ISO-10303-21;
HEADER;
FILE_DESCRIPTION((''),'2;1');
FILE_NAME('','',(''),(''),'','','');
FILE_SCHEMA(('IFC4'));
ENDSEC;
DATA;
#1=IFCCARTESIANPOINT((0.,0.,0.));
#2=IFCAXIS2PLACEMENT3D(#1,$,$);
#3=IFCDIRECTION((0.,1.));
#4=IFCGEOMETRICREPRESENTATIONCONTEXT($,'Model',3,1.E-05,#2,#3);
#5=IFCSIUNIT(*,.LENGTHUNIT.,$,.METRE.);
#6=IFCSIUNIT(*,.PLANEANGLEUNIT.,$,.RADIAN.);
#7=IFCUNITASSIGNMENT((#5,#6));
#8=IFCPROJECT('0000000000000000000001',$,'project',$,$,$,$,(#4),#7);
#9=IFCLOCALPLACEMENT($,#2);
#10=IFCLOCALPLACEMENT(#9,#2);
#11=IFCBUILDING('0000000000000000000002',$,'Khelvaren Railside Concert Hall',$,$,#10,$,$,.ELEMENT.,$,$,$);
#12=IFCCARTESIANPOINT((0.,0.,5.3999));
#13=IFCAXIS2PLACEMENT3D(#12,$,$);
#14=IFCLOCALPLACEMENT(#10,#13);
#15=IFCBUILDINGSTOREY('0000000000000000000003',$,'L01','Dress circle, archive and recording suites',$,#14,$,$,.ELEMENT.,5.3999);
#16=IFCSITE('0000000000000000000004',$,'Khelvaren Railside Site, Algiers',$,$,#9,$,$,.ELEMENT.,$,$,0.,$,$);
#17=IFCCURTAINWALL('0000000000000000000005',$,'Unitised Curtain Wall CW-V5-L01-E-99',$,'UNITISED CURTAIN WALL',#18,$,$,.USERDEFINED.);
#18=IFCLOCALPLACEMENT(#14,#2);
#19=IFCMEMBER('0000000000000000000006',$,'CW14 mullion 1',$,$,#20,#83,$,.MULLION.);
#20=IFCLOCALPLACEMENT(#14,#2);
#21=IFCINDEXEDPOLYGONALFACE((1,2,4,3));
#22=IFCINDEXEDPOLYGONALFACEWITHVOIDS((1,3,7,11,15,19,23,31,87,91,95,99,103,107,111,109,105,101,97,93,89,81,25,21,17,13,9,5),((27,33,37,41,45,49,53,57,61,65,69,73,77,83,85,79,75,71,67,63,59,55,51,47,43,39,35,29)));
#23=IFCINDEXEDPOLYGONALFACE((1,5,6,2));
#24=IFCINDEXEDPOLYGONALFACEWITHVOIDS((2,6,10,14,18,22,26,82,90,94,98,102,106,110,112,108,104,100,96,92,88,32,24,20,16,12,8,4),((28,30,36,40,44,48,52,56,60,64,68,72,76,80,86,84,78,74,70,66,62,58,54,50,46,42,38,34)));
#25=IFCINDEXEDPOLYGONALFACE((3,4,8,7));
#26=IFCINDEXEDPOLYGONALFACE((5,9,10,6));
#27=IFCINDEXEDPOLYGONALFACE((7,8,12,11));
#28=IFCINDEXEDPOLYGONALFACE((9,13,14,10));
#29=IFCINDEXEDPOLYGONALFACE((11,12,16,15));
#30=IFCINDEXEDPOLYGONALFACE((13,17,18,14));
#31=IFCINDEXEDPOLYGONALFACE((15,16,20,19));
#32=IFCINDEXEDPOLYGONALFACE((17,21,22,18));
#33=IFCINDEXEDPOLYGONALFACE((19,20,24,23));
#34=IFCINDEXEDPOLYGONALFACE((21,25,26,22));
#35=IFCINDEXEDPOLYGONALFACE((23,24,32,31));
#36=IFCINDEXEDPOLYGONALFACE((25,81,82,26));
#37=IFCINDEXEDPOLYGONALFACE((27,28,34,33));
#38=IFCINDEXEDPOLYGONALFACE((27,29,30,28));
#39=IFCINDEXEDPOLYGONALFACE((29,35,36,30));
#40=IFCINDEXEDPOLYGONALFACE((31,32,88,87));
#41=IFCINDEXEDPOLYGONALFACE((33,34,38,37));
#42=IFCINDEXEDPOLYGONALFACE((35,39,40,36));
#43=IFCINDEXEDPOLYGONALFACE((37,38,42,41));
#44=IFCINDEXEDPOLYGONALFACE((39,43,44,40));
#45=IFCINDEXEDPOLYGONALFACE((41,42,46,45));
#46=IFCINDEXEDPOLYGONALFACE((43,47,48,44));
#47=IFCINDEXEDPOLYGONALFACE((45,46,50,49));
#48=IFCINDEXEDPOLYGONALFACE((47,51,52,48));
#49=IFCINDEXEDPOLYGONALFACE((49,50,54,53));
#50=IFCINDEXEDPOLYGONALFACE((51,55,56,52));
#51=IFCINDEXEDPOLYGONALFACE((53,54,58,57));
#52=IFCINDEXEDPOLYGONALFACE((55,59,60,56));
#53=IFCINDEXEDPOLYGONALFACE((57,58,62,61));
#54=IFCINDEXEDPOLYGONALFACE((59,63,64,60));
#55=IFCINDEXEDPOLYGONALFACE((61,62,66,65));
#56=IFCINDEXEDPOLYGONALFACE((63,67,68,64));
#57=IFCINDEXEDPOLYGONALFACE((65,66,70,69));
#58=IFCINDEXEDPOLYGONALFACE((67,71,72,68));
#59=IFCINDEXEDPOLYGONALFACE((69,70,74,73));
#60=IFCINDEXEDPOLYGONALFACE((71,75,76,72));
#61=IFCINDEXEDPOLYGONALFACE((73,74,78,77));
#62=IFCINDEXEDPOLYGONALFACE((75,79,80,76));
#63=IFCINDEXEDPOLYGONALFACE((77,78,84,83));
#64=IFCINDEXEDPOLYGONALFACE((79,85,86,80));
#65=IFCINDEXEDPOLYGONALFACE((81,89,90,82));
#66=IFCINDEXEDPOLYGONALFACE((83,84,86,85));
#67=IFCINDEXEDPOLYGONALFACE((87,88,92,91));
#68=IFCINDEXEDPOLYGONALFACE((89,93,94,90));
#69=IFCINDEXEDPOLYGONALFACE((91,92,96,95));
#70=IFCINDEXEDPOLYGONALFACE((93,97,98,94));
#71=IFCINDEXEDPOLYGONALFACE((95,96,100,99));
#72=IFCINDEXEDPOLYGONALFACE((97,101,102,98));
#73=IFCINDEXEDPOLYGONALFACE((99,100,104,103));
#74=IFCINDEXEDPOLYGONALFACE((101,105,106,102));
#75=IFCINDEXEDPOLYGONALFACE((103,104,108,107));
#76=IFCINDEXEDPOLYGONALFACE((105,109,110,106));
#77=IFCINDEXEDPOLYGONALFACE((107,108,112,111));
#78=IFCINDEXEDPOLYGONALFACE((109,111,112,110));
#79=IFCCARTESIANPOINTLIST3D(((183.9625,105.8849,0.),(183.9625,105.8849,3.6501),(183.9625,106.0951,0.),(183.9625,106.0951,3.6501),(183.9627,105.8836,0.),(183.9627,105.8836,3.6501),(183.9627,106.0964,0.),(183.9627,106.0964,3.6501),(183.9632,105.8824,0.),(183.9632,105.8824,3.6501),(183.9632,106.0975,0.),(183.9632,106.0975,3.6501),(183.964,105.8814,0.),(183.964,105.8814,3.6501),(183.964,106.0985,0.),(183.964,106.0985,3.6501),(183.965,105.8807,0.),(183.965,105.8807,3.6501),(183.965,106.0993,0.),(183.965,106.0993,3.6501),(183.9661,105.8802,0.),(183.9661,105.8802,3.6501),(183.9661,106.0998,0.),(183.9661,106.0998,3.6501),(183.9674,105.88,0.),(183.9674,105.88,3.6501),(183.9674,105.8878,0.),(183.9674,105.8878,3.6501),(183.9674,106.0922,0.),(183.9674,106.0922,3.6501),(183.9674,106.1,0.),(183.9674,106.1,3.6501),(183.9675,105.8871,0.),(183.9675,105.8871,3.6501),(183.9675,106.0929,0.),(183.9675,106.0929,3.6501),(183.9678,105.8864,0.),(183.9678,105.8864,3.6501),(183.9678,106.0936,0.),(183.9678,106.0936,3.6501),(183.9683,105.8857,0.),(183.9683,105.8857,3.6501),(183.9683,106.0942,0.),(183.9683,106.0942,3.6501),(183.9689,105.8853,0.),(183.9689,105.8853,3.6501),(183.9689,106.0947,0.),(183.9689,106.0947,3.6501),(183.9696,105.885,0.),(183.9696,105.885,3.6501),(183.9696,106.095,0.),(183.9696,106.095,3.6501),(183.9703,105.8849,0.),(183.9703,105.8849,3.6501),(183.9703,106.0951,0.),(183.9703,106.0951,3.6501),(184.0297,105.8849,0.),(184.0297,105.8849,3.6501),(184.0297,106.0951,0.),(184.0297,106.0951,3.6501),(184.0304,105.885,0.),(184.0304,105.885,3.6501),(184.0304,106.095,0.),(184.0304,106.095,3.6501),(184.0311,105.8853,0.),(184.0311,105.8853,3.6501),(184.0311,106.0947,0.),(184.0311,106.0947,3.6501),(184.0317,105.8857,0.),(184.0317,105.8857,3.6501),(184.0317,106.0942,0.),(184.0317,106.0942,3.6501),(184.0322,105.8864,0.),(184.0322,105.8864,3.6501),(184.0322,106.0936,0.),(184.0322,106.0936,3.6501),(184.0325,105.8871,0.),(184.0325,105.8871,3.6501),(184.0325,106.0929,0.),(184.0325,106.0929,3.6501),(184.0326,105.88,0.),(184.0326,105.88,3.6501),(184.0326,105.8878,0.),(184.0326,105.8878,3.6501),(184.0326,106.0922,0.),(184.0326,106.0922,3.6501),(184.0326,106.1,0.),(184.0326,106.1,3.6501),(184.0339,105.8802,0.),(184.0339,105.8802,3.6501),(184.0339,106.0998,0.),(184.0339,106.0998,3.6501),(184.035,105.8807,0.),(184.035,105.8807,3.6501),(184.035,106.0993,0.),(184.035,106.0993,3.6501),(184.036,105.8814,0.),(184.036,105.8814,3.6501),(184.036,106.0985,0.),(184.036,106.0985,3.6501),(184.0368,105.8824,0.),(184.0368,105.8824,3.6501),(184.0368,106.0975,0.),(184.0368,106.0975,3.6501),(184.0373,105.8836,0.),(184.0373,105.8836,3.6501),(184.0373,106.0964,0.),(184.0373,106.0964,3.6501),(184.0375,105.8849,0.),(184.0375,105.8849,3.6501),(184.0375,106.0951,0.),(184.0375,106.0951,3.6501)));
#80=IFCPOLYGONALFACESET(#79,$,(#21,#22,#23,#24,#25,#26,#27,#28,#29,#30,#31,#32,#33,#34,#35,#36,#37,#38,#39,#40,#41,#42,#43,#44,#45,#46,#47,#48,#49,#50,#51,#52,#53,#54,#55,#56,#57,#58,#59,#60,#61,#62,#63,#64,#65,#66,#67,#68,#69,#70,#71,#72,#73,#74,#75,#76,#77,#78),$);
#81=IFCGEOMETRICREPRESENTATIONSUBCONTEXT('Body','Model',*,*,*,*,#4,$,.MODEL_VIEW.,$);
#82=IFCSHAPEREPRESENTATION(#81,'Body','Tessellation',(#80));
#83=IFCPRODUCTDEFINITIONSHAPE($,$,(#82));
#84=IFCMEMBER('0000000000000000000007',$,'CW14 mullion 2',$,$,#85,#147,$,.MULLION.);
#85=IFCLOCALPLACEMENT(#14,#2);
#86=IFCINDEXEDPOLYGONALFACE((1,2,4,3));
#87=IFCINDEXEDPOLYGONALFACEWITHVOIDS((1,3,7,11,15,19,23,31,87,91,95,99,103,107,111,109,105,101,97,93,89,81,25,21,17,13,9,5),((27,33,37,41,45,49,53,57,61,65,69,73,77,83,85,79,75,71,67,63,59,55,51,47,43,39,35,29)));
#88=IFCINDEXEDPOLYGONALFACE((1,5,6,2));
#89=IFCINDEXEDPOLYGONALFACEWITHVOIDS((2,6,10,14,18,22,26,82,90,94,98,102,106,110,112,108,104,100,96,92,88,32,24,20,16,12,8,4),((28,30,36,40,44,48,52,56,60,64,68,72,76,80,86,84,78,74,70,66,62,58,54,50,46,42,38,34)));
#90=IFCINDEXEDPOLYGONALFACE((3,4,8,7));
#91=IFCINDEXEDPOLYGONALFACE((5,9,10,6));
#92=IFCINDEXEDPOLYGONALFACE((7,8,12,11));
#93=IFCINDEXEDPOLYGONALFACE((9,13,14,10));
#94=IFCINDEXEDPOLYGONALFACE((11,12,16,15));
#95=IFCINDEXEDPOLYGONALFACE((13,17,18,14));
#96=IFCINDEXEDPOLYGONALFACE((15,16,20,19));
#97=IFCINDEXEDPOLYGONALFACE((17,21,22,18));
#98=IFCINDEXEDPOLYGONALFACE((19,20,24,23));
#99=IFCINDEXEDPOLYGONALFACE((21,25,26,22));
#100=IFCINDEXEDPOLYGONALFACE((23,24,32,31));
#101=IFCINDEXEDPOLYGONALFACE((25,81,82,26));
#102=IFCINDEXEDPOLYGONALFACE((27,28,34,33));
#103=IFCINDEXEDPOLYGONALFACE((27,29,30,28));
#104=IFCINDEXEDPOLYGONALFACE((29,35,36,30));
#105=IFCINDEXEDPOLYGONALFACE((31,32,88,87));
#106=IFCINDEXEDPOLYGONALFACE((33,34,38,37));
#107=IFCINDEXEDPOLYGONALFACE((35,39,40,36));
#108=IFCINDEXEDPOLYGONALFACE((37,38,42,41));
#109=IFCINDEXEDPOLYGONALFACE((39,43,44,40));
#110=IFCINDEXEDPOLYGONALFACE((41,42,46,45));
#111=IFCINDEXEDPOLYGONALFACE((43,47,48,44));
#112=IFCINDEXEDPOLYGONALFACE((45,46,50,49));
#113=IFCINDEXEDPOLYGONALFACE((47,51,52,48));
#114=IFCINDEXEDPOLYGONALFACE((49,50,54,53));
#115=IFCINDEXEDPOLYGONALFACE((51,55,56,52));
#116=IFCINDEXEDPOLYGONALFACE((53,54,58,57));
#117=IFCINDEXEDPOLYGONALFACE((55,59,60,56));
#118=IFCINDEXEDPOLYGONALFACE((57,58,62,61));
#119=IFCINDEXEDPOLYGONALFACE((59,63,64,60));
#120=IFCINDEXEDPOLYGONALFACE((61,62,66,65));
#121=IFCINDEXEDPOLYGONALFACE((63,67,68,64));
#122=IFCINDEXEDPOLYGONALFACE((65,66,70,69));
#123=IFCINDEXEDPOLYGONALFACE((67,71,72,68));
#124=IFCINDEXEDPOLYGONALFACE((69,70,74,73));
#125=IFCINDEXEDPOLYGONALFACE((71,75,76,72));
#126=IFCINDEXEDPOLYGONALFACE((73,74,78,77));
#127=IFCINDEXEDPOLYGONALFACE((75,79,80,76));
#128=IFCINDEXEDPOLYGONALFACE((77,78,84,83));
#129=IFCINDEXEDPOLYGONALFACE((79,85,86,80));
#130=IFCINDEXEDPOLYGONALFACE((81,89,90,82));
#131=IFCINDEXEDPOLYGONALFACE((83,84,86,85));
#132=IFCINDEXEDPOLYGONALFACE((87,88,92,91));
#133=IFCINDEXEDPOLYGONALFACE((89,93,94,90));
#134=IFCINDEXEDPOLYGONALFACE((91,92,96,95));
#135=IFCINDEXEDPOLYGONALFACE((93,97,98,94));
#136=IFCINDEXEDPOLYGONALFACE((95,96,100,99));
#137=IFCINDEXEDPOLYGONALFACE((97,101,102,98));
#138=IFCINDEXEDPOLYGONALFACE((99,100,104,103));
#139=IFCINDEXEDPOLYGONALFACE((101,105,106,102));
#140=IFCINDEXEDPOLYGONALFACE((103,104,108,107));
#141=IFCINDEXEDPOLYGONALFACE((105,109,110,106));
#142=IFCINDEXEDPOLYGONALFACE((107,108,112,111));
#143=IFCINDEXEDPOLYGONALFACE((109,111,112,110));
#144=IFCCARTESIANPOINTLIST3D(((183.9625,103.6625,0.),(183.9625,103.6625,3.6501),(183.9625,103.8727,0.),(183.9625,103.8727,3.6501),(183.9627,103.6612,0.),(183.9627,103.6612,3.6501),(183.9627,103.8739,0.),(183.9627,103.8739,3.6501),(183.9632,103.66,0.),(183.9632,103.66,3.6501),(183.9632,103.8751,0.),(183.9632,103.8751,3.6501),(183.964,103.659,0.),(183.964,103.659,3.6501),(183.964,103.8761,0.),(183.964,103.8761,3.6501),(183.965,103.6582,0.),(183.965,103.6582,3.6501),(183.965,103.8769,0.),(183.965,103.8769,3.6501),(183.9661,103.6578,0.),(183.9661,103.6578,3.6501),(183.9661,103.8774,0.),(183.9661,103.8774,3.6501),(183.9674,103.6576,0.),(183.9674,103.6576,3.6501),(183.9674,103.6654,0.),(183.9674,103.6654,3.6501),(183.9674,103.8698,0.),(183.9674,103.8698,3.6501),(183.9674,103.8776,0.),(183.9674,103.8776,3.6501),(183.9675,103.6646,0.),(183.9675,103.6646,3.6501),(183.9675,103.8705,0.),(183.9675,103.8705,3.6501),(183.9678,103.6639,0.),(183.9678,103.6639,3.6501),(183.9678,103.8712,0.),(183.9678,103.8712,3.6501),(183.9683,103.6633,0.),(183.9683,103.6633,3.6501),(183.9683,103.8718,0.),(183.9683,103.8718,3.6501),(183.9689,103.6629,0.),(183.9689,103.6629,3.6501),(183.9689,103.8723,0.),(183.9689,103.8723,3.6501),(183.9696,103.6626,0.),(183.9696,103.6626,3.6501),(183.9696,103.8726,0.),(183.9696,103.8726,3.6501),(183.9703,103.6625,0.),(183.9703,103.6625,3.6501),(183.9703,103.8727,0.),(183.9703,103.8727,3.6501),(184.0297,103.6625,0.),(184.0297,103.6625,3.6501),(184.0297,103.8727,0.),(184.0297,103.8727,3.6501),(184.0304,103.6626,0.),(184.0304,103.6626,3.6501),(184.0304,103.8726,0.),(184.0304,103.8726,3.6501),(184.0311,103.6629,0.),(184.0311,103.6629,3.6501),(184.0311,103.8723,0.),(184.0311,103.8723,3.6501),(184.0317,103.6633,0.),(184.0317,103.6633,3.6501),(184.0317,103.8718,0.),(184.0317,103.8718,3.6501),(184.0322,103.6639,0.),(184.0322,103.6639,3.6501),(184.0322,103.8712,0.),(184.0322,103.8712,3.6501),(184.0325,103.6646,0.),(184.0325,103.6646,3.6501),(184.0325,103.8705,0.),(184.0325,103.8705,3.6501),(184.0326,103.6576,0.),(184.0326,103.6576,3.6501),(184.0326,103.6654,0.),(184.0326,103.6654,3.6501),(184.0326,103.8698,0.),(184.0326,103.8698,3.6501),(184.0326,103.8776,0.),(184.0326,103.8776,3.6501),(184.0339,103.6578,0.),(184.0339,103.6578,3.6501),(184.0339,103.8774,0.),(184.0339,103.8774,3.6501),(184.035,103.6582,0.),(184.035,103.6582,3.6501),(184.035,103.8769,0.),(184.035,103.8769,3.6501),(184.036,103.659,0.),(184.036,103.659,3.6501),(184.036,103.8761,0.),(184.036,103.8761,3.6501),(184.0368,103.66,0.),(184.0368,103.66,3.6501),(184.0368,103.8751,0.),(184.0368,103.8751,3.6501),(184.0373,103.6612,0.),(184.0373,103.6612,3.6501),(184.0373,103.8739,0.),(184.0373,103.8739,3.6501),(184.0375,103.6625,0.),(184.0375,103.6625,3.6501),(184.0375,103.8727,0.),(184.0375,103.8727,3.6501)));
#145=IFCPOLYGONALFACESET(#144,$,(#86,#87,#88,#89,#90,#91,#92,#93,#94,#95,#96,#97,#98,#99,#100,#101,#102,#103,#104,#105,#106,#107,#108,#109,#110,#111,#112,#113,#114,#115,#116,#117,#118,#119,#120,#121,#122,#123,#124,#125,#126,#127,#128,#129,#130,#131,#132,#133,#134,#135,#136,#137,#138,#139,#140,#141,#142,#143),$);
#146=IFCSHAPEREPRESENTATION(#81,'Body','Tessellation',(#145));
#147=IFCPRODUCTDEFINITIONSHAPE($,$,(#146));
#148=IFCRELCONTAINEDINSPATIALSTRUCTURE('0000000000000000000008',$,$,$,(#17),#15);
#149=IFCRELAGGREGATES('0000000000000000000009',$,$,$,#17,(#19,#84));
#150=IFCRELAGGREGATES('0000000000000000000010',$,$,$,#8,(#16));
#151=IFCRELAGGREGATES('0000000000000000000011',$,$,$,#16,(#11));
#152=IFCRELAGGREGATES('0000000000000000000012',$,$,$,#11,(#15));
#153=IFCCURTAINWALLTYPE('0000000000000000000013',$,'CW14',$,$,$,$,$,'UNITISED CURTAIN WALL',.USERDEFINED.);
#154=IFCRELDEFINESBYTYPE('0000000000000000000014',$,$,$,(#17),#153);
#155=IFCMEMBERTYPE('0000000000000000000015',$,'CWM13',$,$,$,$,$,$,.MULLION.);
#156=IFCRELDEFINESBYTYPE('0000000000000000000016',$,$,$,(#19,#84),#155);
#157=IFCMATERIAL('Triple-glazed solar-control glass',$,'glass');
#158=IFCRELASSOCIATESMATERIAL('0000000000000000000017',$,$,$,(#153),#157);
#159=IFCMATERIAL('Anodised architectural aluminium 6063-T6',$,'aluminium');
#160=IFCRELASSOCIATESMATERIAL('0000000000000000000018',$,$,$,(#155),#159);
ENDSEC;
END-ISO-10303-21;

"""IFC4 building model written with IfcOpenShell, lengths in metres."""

from ifc_helpers import new_model, si_unit, direction, frame, origin, origin_2d, place, context, subcontext, project, spatial, hollow_rectangle, extrude, material, material_profile, profile_set, type_object, element, aggregate, save


model = new_model("IFC4")

# Units and contexts
model_context = context("Model", 3, precision=1e-05, world=origin(), true_north=direction((0.0, 1.0)))
body_context = subcontext(model_context, "Body", "Model", "MODEL_VIEW")
ifc_project = project(units=[si_unit("LENGTHUNIT", "METRE"), si_unit("PLANEANGLEUNIT", "RADIAN")], contexts=[model_context])

# Site, building, storey
site_placement = place(None, origin())
site = spatial("IfcSite", under=ifc_project, at=site_placement, Name="Khelvaren Railside Site, Algiers", CompositionType="ELEMENT", RefElevation=0.0)
building_placement = place(site_placement, origin())
building = spatial("IfcBuilding", under=site, at=building_placement, Name="Khelvaren Railside Concert Hall", CompositionType="ELEMENT")
storey_placement = place(building_placement, frame((0.0, 0.0, 5.3999)))
storey = spatial("IfcBuildingStorey", under=building, at=storey_placement, Name="L01", Description="Dress circle, archive and recording suites", CompositionType="ELEMENT", Elevation=5.3999)

# Curtain wall, members
ifc_material_1 = material(Name="Triple-glazed solar-control glass", Category="glass")
curtain_wall_type = type_object("IfcCurtainWallType", Name="CW14", ElementType="UNITISED CURTAIN WALL", PredefinedType="USERDEFINED", material=ifc_material_1)
curtain_wall_placement = place(storey_placement, origin())
curtain_wall = element("IfcCurtainWall", 1, at=curtain_wall_placement, inside=storey, type_object=curtain_wall_type, Name="Unitised Curtain Wall CW-V5-L01-E-99", ObjectType="UNITISED CURTAIN WALL", PredefinedType="USERDEFINED")
ifc_material_2 = material(Name="Anodised architectural aluminium 6063-T6", Category="aluminium")
ifc_material_profile_1 = material_profile(ifc_material_2, hollow_rectangle(XDim=0.075, YDim=0.22, WallThickness=0.0049, InnerFilletRadius=0.0029, OuterFilletRadius=0.0049, at=origin_2d()), Name="CWM 75x220x5")
ifc_profile_set_1 = profile_set([ifc_material_profile_1], Name="Anodised architectural aluminium 6063-T6")
member_type_1 = type_object("IfcMemberType", Name="CWM13", PredefinedType="MULLION", material=ifc_profile_set_1)
member_1_placement = place(storey_placement, frame((184.0, 105.99, 0.0), z_axis=(0.0, 0.0, 1.0), x_axis=(1.0, 0.0, 0.0)))
member_1 = element("IfcMember", 2, at=member_1_placement, type_object=member_type_1, Name="CW14 mullion 1", PredefinedType="MULLION", context=body_context, shape_type="SweptSolid", body=[
    extrude(hollow_rectangle(XDim=0.075, YDim=0.22, WallThickness=0.0049, InnerFilletRadius=0.0029, OuterFilletRadius=0.0049, at=origin_2d()), origin(), (0.0, 0.0, 1.0), 3.6501),
])
member_2_placement = place(storey_placement, frame((184.0, 103.7676, 0.0), z_axis=(0.0, 0.0, 1.0), x_axis=(1.0, 0.0, 0.0)))
member_2 = element("IfcMember", 3, at=member_2_placement, type_object=member_type_1, Name="CW14 mullion 2", PredefinedType="MULLION", context=body_context, shape_type="SweptSolid", body=[
    extrude(hollow_rectangle(XDim=0.075, YDim=0.22, WallThickness=0.0049, InnerFilletRadius=0.0029, OuterFilletRadius=0.0049, at=origin_2d()), origin(), (0.0, 0.0, 1.0), 3.6501),
])

aggregate(curtain_wall, [member_1, member_2])

save(model, "model.ifc")
